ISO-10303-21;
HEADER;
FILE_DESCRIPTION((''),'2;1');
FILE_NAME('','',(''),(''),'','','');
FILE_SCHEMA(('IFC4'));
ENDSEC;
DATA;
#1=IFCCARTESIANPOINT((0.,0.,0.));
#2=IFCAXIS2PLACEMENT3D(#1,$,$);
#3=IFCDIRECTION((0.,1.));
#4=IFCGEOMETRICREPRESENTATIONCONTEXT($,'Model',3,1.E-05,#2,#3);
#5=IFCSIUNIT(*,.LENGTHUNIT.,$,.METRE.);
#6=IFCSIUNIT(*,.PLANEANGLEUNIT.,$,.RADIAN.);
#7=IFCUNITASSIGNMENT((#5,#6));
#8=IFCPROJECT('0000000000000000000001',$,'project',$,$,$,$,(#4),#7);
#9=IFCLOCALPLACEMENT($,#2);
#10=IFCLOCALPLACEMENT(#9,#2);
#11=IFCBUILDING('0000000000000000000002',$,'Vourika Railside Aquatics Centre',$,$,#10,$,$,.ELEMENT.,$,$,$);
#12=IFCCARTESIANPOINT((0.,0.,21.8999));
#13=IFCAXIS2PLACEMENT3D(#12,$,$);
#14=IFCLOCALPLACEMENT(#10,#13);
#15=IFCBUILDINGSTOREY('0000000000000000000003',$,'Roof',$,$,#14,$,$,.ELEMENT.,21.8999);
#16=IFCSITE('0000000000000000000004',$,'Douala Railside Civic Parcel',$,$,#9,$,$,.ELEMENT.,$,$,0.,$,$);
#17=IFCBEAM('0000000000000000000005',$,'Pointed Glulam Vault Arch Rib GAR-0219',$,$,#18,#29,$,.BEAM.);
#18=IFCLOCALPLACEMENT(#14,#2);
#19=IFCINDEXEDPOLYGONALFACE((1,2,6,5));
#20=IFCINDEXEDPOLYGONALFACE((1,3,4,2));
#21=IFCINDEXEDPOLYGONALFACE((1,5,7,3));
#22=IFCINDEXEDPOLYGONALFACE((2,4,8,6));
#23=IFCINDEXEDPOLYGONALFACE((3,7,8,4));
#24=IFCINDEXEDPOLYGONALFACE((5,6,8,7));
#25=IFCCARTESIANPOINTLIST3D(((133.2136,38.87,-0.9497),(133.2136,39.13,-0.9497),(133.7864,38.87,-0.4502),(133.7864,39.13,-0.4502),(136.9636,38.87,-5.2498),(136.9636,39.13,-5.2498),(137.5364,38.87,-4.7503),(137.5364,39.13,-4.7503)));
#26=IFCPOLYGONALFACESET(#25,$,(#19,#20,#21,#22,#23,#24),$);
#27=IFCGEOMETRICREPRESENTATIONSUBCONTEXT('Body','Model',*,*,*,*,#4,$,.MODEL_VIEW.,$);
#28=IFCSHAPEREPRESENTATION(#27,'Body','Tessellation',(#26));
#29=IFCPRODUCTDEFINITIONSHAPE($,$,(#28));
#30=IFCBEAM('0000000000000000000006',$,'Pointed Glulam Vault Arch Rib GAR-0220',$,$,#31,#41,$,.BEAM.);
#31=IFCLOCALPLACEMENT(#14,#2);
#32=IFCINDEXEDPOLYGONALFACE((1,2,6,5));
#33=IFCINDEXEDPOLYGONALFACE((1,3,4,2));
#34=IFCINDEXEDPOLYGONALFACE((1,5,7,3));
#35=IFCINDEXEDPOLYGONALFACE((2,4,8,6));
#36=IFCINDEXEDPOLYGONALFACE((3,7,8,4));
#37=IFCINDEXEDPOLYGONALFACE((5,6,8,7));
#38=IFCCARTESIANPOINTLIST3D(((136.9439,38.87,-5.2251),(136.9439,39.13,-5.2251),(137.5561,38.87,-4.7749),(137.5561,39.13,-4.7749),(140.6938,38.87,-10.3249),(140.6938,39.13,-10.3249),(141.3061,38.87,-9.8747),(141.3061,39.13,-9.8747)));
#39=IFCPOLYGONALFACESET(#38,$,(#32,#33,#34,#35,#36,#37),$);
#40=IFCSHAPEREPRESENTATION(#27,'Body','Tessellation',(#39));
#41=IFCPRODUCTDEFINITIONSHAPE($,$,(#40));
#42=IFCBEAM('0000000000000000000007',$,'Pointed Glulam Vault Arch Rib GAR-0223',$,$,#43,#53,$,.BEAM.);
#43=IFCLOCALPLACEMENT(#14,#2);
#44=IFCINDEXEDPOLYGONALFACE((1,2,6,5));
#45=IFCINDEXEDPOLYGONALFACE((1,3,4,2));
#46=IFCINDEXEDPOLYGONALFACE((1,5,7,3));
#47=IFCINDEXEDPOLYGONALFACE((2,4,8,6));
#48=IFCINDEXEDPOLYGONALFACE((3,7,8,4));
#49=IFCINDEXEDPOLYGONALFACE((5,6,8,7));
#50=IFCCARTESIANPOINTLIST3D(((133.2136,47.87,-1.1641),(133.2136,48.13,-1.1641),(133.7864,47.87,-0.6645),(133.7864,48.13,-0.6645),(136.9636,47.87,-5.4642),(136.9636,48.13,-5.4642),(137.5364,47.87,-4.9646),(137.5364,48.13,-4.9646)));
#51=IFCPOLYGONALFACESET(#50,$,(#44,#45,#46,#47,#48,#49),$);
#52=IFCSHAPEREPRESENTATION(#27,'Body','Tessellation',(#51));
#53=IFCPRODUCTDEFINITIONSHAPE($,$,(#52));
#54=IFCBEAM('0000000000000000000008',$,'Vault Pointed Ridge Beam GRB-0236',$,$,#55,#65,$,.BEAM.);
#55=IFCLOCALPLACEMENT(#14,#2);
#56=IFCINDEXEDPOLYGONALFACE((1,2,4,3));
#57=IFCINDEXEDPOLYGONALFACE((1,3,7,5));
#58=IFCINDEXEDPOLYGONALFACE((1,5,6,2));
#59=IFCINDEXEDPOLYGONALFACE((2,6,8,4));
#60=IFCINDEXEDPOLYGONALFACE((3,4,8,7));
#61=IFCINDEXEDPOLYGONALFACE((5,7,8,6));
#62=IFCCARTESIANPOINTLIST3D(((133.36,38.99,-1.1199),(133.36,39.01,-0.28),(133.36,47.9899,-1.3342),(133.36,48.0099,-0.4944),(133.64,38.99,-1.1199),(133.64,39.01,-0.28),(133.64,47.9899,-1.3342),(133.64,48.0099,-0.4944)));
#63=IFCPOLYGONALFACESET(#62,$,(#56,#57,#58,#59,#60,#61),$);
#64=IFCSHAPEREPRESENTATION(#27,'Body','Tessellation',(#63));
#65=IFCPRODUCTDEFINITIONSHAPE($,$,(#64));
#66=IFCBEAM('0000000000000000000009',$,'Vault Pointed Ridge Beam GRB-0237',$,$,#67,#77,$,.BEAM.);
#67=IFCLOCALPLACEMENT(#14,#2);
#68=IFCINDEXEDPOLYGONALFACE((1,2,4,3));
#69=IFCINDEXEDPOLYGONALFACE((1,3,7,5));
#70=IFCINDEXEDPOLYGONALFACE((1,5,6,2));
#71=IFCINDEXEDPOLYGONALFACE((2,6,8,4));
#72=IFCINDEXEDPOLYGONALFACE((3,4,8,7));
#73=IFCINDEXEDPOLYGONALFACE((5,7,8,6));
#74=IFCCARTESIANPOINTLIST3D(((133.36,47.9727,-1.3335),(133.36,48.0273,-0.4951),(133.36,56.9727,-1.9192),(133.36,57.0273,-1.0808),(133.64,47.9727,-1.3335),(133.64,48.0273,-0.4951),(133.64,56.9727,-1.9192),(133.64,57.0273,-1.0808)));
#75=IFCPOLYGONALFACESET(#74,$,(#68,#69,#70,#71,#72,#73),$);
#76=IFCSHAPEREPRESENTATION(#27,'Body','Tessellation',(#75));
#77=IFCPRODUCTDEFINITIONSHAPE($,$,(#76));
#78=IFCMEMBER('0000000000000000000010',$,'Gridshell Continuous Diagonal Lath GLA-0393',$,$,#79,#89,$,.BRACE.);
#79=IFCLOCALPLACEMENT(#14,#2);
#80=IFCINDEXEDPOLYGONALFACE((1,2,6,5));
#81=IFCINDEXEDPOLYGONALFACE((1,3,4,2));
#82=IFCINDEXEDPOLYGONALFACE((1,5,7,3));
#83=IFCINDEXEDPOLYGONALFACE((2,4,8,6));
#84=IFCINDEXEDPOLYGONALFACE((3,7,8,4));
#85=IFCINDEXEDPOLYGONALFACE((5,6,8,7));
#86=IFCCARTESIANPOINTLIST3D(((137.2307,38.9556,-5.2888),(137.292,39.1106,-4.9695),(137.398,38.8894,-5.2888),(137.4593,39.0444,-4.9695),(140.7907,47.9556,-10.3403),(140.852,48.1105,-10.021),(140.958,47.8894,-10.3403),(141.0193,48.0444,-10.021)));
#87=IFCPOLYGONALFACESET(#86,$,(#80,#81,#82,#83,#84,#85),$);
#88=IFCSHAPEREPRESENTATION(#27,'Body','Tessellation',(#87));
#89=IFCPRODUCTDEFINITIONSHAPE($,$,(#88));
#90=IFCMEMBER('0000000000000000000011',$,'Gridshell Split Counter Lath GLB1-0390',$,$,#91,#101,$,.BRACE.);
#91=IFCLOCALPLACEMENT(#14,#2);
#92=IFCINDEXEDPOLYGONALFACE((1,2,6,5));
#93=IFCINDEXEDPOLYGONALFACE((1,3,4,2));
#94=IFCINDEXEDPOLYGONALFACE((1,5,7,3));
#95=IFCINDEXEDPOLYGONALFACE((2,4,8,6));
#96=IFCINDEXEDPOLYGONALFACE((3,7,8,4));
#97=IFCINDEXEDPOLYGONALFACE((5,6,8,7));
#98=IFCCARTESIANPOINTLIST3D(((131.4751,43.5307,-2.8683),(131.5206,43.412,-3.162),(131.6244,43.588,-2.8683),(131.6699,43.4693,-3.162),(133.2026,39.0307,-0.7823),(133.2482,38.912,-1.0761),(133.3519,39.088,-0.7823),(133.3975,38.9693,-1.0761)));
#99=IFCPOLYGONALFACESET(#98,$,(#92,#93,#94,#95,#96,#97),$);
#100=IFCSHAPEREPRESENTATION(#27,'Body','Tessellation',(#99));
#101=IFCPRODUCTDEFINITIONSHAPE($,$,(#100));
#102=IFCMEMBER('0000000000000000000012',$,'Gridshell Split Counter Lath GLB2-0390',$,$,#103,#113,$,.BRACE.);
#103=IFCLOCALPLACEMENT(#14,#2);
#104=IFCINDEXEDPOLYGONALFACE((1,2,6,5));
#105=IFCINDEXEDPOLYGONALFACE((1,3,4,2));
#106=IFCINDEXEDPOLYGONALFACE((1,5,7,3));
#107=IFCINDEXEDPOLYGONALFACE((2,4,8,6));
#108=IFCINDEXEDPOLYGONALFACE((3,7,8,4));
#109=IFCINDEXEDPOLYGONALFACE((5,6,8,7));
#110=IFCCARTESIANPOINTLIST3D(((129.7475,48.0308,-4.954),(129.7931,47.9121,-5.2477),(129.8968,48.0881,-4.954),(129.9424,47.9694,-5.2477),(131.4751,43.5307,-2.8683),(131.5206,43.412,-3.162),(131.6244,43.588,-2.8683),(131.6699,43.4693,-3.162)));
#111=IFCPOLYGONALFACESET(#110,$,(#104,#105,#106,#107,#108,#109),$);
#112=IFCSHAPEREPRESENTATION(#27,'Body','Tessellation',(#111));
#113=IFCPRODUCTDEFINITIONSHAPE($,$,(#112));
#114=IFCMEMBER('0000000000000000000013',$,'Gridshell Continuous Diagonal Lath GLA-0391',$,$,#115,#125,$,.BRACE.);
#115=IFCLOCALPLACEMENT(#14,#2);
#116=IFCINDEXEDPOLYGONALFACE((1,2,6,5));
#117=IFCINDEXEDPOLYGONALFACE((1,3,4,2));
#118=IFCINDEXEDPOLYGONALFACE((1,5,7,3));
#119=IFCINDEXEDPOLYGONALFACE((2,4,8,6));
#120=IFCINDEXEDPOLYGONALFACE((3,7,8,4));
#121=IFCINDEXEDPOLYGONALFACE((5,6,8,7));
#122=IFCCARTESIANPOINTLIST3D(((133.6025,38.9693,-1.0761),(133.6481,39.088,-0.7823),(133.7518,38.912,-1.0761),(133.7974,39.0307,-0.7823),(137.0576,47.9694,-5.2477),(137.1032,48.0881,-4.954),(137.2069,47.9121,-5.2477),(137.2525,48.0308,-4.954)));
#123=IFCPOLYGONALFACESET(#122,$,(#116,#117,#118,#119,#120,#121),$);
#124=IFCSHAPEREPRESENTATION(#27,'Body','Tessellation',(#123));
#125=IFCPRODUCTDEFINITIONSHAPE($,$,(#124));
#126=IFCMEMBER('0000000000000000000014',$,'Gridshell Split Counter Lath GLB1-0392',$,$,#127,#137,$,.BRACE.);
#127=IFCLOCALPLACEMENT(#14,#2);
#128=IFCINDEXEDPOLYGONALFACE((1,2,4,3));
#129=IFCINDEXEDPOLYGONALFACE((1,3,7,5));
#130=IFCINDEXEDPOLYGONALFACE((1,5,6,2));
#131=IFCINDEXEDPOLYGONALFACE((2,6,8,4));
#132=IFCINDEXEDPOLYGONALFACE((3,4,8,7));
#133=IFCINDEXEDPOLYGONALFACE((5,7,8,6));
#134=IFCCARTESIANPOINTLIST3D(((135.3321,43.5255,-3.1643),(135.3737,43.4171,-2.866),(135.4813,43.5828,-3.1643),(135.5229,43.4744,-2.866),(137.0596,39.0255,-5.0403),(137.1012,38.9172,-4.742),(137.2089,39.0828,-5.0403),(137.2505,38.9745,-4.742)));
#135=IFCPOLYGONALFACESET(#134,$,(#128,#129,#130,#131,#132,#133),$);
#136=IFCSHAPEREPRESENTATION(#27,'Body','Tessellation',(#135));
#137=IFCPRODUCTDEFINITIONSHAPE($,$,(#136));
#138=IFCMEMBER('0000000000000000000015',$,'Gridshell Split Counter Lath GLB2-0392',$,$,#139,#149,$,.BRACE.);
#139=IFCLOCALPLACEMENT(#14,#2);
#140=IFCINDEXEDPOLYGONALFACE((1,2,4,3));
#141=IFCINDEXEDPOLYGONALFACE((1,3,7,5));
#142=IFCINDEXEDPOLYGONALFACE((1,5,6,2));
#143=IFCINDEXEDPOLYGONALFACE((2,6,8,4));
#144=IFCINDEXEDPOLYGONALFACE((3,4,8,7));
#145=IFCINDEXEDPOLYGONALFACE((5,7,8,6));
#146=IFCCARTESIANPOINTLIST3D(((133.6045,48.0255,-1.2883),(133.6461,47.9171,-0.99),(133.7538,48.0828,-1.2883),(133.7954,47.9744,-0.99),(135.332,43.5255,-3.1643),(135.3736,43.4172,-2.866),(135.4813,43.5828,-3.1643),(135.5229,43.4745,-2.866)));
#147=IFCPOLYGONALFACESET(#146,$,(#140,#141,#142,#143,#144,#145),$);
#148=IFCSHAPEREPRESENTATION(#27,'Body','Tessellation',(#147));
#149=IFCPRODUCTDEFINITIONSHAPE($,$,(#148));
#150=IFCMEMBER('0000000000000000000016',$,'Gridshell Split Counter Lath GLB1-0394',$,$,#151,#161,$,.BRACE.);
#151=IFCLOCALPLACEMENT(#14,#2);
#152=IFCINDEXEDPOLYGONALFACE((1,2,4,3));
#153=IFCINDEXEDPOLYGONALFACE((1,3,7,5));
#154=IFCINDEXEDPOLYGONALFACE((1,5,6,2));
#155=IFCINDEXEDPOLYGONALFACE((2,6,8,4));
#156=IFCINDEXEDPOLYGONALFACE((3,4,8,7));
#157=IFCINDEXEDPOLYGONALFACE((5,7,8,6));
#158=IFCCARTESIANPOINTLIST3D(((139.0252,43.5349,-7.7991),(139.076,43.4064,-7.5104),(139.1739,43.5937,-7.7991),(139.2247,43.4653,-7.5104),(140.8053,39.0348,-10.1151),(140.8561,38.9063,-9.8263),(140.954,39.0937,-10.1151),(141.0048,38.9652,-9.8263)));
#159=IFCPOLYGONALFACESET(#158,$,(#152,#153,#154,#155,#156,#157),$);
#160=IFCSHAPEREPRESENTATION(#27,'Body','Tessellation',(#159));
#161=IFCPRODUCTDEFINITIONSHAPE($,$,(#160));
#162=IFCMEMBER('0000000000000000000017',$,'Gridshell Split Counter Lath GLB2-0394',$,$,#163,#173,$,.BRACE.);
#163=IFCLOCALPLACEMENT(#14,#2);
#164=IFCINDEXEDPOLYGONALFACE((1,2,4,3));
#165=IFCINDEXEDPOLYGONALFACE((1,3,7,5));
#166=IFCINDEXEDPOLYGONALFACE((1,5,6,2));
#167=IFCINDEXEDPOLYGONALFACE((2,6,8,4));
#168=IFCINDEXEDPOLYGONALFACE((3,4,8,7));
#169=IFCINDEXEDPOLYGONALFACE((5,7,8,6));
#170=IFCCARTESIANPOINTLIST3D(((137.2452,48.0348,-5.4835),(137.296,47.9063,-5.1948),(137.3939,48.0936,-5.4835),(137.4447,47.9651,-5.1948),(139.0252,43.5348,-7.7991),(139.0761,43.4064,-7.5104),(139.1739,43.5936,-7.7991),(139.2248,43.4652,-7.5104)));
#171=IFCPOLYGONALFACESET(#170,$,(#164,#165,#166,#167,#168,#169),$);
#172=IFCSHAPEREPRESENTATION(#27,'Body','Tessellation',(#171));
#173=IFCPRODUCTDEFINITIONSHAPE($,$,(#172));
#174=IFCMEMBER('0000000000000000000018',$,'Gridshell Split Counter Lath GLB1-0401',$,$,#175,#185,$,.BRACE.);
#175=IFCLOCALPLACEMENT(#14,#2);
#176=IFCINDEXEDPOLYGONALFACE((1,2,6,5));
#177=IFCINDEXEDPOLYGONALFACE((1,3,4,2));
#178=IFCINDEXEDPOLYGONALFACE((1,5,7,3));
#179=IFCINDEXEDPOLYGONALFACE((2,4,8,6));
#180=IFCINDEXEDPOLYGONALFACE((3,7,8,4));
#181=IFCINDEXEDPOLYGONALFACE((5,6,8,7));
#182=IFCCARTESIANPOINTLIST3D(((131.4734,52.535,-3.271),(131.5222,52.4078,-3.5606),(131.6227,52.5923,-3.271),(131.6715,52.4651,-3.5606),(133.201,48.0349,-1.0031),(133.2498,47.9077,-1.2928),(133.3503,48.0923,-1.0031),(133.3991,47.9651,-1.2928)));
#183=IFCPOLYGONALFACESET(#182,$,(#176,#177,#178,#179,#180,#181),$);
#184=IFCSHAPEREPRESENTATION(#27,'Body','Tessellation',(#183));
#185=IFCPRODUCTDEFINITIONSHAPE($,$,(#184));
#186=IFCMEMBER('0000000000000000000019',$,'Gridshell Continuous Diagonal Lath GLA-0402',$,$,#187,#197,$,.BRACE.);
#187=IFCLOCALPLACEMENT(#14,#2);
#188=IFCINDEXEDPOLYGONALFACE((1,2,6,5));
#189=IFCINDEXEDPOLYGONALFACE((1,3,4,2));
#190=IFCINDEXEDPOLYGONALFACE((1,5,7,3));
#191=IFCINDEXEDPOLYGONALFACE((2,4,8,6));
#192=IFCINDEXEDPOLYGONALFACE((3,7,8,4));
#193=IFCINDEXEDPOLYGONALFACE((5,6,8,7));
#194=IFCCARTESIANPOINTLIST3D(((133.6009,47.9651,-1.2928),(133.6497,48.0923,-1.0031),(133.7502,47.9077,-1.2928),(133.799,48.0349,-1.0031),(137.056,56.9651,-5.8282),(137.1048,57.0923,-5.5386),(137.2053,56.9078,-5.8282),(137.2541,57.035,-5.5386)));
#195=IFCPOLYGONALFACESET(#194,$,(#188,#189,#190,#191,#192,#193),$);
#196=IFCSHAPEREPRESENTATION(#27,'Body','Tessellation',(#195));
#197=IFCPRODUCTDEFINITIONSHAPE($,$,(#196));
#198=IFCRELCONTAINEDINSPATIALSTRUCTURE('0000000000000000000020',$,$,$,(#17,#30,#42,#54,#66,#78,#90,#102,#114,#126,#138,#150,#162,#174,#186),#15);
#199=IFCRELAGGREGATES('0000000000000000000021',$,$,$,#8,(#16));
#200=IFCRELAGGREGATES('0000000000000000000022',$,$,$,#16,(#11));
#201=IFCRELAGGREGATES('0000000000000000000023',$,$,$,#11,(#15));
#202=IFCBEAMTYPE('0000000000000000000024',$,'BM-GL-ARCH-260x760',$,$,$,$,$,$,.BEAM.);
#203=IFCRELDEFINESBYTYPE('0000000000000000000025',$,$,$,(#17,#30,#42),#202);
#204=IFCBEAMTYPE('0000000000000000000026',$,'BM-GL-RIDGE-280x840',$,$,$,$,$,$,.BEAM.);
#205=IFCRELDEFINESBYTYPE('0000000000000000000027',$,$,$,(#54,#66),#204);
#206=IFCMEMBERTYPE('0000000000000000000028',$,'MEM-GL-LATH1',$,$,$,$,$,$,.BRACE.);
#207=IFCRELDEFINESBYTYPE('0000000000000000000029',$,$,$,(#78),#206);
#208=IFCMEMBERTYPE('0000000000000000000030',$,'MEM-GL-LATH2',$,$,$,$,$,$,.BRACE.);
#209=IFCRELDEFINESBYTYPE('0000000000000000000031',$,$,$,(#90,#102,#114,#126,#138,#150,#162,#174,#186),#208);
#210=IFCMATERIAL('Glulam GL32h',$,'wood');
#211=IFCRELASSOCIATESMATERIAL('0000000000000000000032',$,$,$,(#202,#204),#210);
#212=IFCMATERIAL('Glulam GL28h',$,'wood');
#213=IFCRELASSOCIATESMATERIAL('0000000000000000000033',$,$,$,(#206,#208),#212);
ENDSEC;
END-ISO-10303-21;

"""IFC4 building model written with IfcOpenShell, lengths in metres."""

from ifc_helpers import new_model, si_unit, direction, frame, origin, origin_2d, place, context, subcontext, project, spatial, rectangle, extrude, material, material_profile, profile_set, type_object, element, save


model = new_model("IFC4")

# Units and contexts
model_context = context("Model", 3, precision=1e-05, world=origin(), true_north=direction((0.0, 1.0)))
body_context = subcontext(model_context, "Body", "Model", "MODEL_VIEW")
ifc_project = project(units=[si_unit("LENGTHUNIT", "METRE"), si_unit("PLANEANGLEUNIT", "RADIAN")], contexts=[model_context])

# Site, building, storey
site_placement = place(None, origin())
site = spatial("IfcSite", under=ifc_project, at=site_placement, Name="Douala Railside Civic Parcel", CompositionType="ELEMENT", RefElevation=0.0)
building_placement = place(site_placement, origin())
building = spatial("IfcBuilding", under=site, at=building_placement, Name="Vourika Railside Aquatics Centre", CompositionType="ELEMENT")
storey_placement = place(building_placement, frame((0.0, 0.0, 21.8999)))
storey = spatial("IfcBuildingStorey", under=building, at=storey_placement, Name="Roof", CompositionType="ELEMENT", Elevation=21.8999)

# Beams
ifc_material_1 = material(Name="Glulam GL32h", Category="wood")
ifc_material_profile_1 = material_profile(ifc_material_1, rectangle(XDim=0.26, YDim=0.76, at=origin_2d()), Name="GL32h 260x760")
ifc_profile_set_1 = profile_set([ifc_material_profile_1], Name="Glulam GL32h")
beam_type_1 = type_object("IfcBeamType", Name="BM-GL-ARCH-260x760", PredefinedType="BEAM", material=ifc_profile_set_1)
beam_1_placement = place(storey_placement, frame((133.5, 39.0, -0.7), z_axis=(0.657259, 0.0, -0.753665), x_axis=(0.0, 1.0, 0.0)))
element("IfcBeam", 1, at=beam_1_placement, inside=storey, type_object=beam_type_1, Name="Pointed Glulam Vault Arch Rib GAR-0219", PredefinedType="BEAM", context=body_context, shape_type="SweptSolid", body=[
    extrude(rectangle(XDim=0.26, YDim=0.76, at=origin_2d()), origin(), (0.0, 0.0, 1.0), 5.7056),
])
beam_2_placement = place(storey_placement, frame((137.25, 39.0, -5.0), z_axis=(0.592401, 0.0, -0.805643), x_axis=(0.0, 1.0, 0.0)))
element("IfcBeam", 2, at=beam_2_placement, inside=storey, type_object=beam_type_1, Name="Pointed Glulam Vault Arch Rib GAR-0220", PredefinedType="BEAM", context=body_context, shape_type="SweptSolid", body=[
    extrude(rectangle(XDim=0.26, YDim=0.76, at=origin_2d()), origin(), (0.0, 0.0, 1.0), 6.3301),
])
beam_3_placement = place(storey_placement, frame((133.5, 48.0, -0.9143), z_axis=(0.657259, 0.0, -0.753665), x_axis=(0.0, 1.0, 0.0)))
element("IfcBeam", 3, at=beam_3_placement, inside=storey, type_object=beam_type_1, Name="Pointed Glulam Vault Arch Rib GAR-0223", PredefinedType="BEAM", context=body_context, shape_type="SweptSolid", body=[
    extrude(rectangle(XDim=0.26, YDim=0.76, at=origin_2d()), origin(), (0.0, 0.0, 1.0), 5.7056),
])
ifc_material_profile_2 = material_profile(ifc_material_1, rectangle(XDim=0.28, YDim=0.8401, at=origin_2d()), Name="GL32h 280x840")
ifc_profile_set_2 = profile_set([ifc_material_profile_2], Name="Glulam GL32h")
beam_type_2 = type_object("IfcBeamType", Name="BM-GL-RIDGE-280x840", PredefinedType="BEAM", material=ifc_profile_set_2)
beam_4_placement = place(storey_placement, frame((133.5, 39.0, -0.7), z_axis=(0.0, 0.999716, -0.023811), x_axis=(-1.0, 0.0, 0.0)))
element("IfcBeam", 4, at=beam_4_placement, inside=storey, type_object=beam_type_2, Name="Vault Pointed Ridge Beam GRB-0236", PredefinedType="BEAM", context=body_context, shape_type="SweptSolid", body=[
    extrude(rectangle(XDim=0.28, YDim=0.8401, at=origin_2d()), origin(), (0.0, 0.0, 1.0), 9.0024),
])
beam_5_placement = place(storey_placement, frame((133.5, 48.0, -0.9143), z_axis=(0.0, 0.997889, -0.06494), x_axis=(-1.0, 0.0, 0.0)))
element("IfcBeam", 5, at=beam_5_placement, inside=storey, type_object=beam_type_2, Name="Vault Pointed Ridge Beam GRB-0237", PredefinedType="BEAM", context=body_context, shape_type="SweptSolid", body=[
    extrude(rectangle(XDim=0.28, YDim=0.8401, at=origin_2d()), origin(), (0.0, 0.0, 1.0), 9.019),
])

# Members
ifc_material_2 = material(Name="Glulam GL28h", Category="wood")
ifc_material_profile_3 = material_profile(ifc_material_2, rectangle(XDim=0.1799, YDim=0.3601, at=origin_2d()), Name="GL28h 180x360")
ifc_profile_set_3 = profile_set([ifc_material_profile_3], Name="Glulam GL28h")
member_type_1 = type_object("IfcMemberType", Name="MEM-GL-LATH1", PredefinedType="BRACE", material=ifc_profile_set_3)
member_1_placement = place(storey_placement, frame((137.345, 39.0, -5.1292), z_axis=(0.326087, 0.824365, -0.462699), x_axis=(-0.929893, 0.36783, 0.0)))
element("IfcMember", 6, at=member_1_placement, inside=storey, type_object=member_type_1, Name="Gridshell Continuous Diagonal Lath GLA-0393", PredefinedType="BRACE", context=body_context, shape_type="SweptSolid", body=[
    extrude(rectangle(XDim=0.1799, YDim=0.3601, at=origin_2d()), origin(), (0.0, 0.0, 1.0), 10.9175),
])
ifc_material_profile_4 = material_profile(ifc_material_2, rectangle(XDim=0.1599, YDim=0.3201, at=origin_2d()), Name="GL28h 160x320")
ifc_profile_set_4 = profile_set([ifc_material_profile_4], Name="Glulam GL28h")
member_type_2 = type_object("IfcMemberType", Name="MEM-GL-LATH2", PredefinedType="BRACE", material=ifc_profile_set_4)
for number, where, z_axis, x_axis, name in (
    (7, (133.3, 39.0, -0.9292), (-0.328918, 0.856785, -0.397156), (-0.93357, -0.358395, 0.0), "Gridshell Split Counter Lath GLB1-0390"),
    (8, (131.5725, 43.5, -3.0151), (-0.328924, 0.856801, -0.397116), (-0.93357, -0.358395, 0.0), "Gridshell Split Counter Lath GLB2-0390"),
):
    element("IfcMember", number, at=place(storey_placement, frame(where, z_axis=z_axis, x_axis=x_axis)), inside=storey, type_object=member_type_2, Name=name, PredefinedType="BRACE", context=body_context, shape_type="SweptSolid", body=[
        extrude(rectangle(XDim=0.1599, YDim=0.3201, at=origin_2d()), origin(), (0.0, 0.0, 1.0), 5.2522),
    ])
member_2_placement = place(storey_placement, frame((133.7, 39.0, -0.9292), z_axis=(0.328921, 0.856793, -0.397136), x_axis=(-0.93357, 0.358395, 0.0)))
element("IfcMember", 9, at=member_2_placement, inside=storey, type_object=member_type_2, Name="Gridshell Continuous Diagonal Lath GLA-0391", PredefinedType="BRACE", context=body_context, shape_type="SweptSolid", body=[
    extrude(rectangle(XDim=0.1599, YDim=0.3201, at=origin_2d()), origin(), (0.0, 0.0, 1.0), 10.5044),
])
for number, where, z_axis, x_axis, name in (
    (10, (137.155, 39.0, -4.8911), (-0.333992, 0.870003, 0.36269), (-0.93357, -0.358395, 0.0), "Gridshell Split Counter Lath GLB1-0392"),
    (11, (135.4275, 43.5, -3.0151), (-0.333992, 0.870003, 0.36269), (-0.93357, -0.358395, 0.0), "Gridshell Split Counter Lath GLB2-0392"),
):
    element("IfcMember", number, at=place(storey_placement, frame(where, z_axis=z_axis, x_axis=x_axis)), inside=storey, type_object=member_type_2, Name=name, PredefinedType="BRACE", context=body_context, shape_type="SweptSolid", body=[
        extrude(rectangle(XDim=0.1599, YDim=0.3201, at=origin_2d()), origin(), (0.0, 0.0, 1.0), 5.1724),
    ])
member_3_placement = place(storey_placement, frame((140.905, 39.0, -9.9707), z_axis=(-0.331793, 0.838788, 0.431681), x_axis=(-0.929893, -0.36783, 0.0)))
element("IfcMember", 12, at=member_3_placement, inside=storey, type_object=member_type_2, Name="Gridshell Split Counter Lath GLB1-0394", PredefinedType="BRACE", context=body_context, shape_type="SweptSolid", body=[
    extrude(rectangle(XDim=0.1599, YDim=0.3201, at=origin_2d()), origin(), (0.0, 0.0, 1.0), 5.365),
])
member_4_placement = place(storey_placement, frame((139.125, 43.5, -7.6548), z_axis=(-0.331799, 0.838804, 0.431644), x_axis=(-0.929893, -0.36783, 0.0)))
element("IfcMember", 13, at=member_4_placement, inside=storey, type_object=member_type_2, Name="Gridshell Split Counter Lath GLB2-0394", PredefinedType="BRACE", context=body_context, shape_type="SweptSolid", body=[
    extrude(rectangle(XDim=0.1599, YDim=0.3201, at=origin_2d()), origin(), (0.0, 0.0, 1.0), 5.3647),
])
member_5_placement = place(storey_placement, frame((133.3, 48.0, -1.1479), z_axis=(-0.324296, 0.844746, -0.425719), x_axis=(-0.93357, -0.358395, 0.0)))
element("IfcMember", 14, at=member_5_placement, inside=storey, type_object=member_type_2, Name="Gridshell Split Counter Lath GLB1-0401", PredefinedType="BRACE", context=body_context, shape_type="SweptSolid", body=[
    extrude(rectangle(XDim=0.1599, YDim=0.3201, at=origin_2d()), origin(), (0.0, 0.0, 1.0), 5.3271),
])
member_6_placement = place(storey_placement, frame((133.7, 48.0, -1.1479), z_axis=(0.324299, 0.844754, -0.4257), x_axis=(-0.93357, 0.358395, 0.0)))
element("IfcMember", 15, at=member_6_placement, inside=storey, type_object=member_type_2, Name="Gridshell Continuous Diagonal Lath GLA-0402", PredefinedType="BRACE", context=body_context, shape_type="SweptSolid", body=[
    extrude(rectangle(XDim=0.1599, YDim=0.3201, at=origin_2d()), origin(), (0.0, 0.0, 1.0), 10.6541),
])

save(model, "model.ifc")
